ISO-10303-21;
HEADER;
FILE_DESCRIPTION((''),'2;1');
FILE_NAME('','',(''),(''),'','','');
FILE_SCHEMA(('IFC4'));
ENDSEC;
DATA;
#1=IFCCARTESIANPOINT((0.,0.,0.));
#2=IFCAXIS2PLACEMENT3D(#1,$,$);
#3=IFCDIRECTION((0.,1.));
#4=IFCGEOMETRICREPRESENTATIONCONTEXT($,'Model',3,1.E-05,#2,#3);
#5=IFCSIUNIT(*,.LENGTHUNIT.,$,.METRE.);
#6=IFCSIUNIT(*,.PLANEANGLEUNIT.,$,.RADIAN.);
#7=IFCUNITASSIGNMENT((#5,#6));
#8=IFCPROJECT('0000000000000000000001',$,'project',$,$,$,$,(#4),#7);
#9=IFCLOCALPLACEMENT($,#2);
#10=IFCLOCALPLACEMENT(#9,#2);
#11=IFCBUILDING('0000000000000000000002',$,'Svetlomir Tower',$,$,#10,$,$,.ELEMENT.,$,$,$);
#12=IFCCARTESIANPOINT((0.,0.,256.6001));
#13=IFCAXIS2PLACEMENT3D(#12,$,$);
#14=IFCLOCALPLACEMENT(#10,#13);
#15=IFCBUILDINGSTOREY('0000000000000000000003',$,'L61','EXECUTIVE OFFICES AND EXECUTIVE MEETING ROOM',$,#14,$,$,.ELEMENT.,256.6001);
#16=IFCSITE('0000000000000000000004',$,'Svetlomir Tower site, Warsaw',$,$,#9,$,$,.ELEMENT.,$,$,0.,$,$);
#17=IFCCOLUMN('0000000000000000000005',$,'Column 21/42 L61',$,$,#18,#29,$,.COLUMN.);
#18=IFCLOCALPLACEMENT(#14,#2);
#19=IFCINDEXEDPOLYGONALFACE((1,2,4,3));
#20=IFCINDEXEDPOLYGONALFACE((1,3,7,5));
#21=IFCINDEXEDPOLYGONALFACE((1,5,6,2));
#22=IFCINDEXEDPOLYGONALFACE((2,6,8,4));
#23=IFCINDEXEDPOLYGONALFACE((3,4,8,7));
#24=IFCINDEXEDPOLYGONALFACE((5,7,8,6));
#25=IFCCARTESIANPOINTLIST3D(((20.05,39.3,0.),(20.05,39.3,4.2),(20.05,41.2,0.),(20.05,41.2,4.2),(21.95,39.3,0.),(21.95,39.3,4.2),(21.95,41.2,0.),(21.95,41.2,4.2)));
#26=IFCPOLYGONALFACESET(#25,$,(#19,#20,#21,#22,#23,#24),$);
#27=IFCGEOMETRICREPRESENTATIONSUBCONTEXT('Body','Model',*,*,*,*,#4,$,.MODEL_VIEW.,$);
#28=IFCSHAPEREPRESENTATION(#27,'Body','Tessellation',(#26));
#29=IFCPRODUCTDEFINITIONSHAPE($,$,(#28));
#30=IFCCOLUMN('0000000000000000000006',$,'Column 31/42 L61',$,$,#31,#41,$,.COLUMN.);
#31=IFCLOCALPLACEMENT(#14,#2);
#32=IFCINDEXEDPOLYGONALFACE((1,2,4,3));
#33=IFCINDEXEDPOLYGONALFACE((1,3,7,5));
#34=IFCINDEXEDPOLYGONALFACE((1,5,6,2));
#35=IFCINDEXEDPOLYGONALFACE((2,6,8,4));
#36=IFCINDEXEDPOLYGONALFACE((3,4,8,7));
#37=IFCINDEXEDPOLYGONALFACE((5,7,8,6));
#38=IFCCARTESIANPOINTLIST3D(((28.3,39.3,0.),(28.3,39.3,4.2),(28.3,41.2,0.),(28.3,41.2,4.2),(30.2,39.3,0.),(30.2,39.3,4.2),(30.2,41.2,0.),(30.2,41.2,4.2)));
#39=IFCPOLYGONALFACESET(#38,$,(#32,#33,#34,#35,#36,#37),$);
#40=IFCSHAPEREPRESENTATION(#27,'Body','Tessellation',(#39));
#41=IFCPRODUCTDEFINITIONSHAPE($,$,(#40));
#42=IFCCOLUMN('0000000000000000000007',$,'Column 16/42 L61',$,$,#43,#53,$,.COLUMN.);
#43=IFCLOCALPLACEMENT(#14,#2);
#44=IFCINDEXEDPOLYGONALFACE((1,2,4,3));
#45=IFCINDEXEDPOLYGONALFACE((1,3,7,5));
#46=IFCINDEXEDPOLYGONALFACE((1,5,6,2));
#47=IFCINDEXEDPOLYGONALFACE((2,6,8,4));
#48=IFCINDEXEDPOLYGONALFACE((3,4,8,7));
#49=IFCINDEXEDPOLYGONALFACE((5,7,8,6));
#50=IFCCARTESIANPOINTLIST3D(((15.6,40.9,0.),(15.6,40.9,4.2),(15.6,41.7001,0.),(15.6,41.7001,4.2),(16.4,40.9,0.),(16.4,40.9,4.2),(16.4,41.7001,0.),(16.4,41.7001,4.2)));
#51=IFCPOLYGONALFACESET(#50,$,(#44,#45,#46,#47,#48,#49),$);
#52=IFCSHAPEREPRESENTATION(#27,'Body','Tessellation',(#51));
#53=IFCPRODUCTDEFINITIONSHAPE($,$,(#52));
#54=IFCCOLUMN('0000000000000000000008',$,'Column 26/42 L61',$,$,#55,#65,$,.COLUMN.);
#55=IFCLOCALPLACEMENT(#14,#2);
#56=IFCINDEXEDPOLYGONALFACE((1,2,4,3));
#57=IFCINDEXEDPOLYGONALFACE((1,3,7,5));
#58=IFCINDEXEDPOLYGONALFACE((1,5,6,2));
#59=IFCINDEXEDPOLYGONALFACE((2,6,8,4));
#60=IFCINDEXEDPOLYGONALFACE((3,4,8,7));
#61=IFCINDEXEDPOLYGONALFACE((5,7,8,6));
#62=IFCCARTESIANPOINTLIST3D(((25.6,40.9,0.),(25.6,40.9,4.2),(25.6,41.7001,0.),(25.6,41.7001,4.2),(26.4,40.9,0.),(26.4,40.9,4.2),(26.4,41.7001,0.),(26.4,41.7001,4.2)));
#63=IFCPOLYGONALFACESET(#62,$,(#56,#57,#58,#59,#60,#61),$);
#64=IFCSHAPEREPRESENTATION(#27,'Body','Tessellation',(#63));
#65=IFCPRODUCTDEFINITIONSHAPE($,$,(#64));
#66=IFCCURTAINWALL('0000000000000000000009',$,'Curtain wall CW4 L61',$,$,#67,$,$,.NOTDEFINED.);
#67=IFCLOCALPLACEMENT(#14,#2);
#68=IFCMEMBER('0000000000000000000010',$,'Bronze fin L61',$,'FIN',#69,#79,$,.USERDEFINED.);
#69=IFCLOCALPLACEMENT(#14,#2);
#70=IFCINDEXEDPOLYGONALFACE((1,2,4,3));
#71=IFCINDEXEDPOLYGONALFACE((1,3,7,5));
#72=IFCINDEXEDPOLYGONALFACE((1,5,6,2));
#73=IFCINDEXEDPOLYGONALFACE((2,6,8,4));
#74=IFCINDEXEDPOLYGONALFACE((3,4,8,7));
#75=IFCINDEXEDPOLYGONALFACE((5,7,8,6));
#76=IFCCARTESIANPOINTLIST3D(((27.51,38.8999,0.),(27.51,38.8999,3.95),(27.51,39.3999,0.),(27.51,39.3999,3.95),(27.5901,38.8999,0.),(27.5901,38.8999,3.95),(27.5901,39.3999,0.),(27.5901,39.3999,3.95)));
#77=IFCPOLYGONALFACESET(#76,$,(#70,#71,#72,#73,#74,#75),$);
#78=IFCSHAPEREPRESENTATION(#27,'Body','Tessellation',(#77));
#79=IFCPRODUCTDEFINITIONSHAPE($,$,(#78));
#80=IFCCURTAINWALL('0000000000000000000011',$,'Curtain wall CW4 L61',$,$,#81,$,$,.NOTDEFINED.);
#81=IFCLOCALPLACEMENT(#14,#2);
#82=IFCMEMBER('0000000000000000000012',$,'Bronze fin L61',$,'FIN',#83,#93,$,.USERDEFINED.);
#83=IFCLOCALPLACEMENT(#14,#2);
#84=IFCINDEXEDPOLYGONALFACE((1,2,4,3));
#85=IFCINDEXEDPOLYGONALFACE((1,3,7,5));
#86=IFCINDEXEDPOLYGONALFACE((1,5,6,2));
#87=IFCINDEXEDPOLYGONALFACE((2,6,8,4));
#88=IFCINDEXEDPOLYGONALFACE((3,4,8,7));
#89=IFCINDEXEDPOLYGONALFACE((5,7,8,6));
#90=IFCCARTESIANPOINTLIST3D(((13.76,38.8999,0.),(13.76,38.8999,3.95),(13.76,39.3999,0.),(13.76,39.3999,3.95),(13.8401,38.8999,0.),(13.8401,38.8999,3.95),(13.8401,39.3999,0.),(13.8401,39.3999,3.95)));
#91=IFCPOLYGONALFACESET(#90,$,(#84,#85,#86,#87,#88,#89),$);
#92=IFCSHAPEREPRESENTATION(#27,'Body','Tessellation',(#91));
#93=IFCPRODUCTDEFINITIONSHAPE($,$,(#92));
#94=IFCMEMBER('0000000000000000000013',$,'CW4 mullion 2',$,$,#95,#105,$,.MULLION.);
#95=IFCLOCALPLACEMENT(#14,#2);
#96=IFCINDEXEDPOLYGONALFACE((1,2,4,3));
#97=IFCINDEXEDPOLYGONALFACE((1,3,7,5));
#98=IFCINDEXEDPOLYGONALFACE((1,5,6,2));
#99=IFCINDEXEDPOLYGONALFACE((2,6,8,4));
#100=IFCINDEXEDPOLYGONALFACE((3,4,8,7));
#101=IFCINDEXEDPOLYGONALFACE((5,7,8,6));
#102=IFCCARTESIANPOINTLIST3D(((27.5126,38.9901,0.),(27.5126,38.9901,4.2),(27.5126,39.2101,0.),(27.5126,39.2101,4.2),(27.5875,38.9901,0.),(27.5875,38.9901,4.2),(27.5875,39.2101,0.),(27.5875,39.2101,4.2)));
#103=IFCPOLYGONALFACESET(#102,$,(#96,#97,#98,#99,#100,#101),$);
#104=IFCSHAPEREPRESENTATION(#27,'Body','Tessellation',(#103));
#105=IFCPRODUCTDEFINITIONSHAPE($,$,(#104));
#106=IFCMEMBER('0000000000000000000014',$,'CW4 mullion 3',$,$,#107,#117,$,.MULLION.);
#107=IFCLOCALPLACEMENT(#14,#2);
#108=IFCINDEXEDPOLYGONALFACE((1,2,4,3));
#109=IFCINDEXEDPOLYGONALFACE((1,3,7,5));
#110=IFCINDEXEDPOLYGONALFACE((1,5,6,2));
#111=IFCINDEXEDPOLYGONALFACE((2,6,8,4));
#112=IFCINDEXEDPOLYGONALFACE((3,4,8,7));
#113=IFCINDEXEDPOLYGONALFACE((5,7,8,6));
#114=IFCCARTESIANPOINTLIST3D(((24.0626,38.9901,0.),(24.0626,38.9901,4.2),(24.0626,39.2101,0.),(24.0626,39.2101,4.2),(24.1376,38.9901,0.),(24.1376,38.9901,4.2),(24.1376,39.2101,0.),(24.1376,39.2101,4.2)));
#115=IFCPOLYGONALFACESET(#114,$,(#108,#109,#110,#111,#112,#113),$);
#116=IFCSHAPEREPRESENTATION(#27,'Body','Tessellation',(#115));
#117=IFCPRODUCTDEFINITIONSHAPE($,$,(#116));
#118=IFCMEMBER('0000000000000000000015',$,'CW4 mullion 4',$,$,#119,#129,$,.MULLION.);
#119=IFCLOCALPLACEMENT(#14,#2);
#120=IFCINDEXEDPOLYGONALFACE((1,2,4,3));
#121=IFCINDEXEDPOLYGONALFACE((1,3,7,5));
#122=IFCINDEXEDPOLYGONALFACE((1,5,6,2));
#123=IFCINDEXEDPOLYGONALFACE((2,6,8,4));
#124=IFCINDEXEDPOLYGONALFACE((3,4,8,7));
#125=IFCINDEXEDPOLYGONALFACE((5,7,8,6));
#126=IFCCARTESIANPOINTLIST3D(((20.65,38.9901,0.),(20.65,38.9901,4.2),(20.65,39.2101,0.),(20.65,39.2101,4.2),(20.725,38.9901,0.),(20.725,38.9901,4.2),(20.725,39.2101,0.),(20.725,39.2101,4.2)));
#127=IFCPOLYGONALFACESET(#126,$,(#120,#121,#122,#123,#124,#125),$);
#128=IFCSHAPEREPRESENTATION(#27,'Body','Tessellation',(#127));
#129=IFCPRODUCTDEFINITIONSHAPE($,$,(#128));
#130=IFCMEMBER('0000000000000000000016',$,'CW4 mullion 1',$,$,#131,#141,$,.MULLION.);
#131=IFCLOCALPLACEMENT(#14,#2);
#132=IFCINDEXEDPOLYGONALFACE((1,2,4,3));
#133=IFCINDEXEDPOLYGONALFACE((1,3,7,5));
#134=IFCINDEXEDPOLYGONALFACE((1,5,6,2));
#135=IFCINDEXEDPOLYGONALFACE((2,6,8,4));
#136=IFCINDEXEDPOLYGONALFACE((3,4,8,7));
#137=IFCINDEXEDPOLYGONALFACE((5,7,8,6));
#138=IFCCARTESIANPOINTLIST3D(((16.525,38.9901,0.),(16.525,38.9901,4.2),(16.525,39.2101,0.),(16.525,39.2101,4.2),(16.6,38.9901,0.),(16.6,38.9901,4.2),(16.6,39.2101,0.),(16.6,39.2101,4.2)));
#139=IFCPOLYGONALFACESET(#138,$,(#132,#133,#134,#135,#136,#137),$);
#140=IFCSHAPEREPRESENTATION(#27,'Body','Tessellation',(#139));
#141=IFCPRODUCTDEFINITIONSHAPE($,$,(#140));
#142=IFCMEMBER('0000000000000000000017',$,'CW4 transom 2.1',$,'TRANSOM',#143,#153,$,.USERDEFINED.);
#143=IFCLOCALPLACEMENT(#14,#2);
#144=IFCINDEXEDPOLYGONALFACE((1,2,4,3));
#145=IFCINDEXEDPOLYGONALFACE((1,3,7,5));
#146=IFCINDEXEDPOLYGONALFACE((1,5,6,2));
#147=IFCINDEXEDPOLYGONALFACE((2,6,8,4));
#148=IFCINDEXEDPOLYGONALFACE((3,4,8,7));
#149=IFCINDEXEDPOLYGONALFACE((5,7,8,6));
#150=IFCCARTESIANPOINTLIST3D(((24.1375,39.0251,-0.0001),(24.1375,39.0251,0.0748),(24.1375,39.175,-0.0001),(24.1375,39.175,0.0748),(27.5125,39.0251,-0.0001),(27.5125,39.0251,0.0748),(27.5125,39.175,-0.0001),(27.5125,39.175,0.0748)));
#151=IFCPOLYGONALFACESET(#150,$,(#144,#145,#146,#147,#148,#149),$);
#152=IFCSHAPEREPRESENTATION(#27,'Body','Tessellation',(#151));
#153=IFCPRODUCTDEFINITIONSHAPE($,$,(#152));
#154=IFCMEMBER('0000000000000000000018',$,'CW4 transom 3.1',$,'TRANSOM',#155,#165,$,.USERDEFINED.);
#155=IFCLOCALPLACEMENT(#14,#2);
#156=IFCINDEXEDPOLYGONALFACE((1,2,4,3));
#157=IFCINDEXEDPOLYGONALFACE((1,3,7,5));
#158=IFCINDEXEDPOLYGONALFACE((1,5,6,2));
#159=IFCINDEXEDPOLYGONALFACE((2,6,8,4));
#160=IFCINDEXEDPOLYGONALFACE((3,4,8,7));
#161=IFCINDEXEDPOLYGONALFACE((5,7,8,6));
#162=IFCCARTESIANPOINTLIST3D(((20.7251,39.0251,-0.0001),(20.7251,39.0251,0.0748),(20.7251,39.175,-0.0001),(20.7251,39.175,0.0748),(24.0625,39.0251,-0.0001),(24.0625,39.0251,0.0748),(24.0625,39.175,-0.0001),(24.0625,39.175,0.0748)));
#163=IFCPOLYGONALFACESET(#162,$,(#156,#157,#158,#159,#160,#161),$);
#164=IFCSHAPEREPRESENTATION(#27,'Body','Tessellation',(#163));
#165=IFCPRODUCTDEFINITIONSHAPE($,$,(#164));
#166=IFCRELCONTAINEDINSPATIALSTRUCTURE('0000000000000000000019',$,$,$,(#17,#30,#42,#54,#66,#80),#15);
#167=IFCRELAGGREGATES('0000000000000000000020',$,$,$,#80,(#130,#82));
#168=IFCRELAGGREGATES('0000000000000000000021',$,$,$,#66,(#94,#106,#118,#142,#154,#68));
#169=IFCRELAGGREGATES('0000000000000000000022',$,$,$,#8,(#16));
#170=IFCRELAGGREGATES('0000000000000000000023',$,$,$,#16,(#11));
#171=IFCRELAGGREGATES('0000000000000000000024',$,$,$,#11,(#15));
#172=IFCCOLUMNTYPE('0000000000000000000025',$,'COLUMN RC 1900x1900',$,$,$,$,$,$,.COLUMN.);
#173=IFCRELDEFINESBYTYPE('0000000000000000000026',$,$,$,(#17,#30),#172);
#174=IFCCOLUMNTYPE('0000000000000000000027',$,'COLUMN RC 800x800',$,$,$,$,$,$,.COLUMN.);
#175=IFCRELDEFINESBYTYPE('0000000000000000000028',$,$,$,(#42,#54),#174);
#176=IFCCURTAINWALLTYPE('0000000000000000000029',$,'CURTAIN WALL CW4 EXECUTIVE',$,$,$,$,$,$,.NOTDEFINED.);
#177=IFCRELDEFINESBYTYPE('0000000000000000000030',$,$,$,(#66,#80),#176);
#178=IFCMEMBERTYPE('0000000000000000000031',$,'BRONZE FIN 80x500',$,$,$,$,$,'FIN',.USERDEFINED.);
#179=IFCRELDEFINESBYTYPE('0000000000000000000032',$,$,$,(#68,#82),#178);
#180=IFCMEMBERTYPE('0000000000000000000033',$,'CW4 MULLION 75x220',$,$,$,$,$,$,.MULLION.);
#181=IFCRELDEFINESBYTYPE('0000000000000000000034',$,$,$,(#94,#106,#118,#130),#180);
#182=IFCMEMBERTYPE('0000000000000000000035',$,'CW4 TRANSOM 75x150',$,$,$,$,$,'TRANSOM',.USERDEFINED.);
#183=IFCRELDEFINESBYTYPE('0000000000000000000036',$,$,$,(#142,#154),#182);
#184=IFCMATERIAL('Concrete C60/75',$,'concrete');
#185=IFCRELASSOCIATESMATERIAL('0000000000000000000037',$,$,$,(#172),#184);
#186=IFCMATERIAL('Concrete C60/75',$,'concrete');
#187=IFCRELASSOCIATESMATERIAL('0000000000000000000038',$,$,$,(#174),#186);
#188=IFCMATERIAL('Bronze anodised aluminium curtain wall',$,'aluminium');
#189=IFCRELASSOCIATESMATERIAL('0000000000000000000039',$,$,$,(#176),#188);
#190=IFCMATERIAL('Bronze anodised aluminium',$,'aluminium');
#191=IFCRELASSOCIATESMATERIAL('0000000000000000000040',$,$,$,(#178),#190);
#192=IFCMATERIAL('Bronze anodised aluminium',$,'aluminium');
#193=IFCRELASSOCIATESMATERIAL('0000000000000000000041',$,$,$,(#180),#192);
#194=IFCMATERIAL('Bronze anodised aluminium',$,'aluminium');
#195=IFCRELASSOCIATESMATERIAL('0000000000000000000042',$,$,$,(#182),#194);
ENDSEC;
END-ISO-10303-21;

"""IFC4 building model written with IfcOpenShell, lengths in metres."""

from ifc_helpers import new_model, si_unit, direction, frame, origin, origin_2d, place, context, subcontext, project, spatial, rectangle, extrude, material, material_profile, profile_set, type_object, element, aggregate, save


model = new_model("IFC4")

# Units and contexts
model_context = context("Model", 3, precision=1e-05, world=origin(), true_north=direction((0.0, 1.0)))
body_context = subcontext(model_context, "Body", "Model", "MODEL_VIEW")
ifc_project = project(units=[si_unit("LENGTHUNIT", "METRE"), si_unit("PLANEANGLEUNIT", "RADIAN")], contexts=[model_context])

# Site, building, storey
site_placement = place(None, origin())
site = spatial("IfcSite", under=ifc_project, at=site_placement, Name="Svetlomir Tower site, Warsaw", CompositionType="ELEMENT", RefElevation=0.0)
building_placement = place(site_placement, origin())
building = spatial("IfcBuilding", under=site, at=building_placement, Name="Svetlomir Tower", CompositionType="ELEMENT")
storey_placement = place(building_placement, frame((0.0, 0.0, 256.6001)))
storey = spatial("IfcBuildingStorey", under=building, at=storey_placement, Name="L61", Description="EXECUTIVE OFFICES AND EXECUTIVE MEETING ROOM", CompositionType="ELEMENT", Elevation=256.6001)

# Columns
ifc_material_1 = material(Name="Concrete C60/75", Category="concrete")
ifc_material_profile_1 = material_profile(ifc_material_1, rectangle(XDim=1.8999, YDim=1.8999, at=origin_2d()), Name="RC 1900x1900")
ifc_profile_set_1 = profile_set([ifc_material_profile_1], Name="Concrete C60/75")
column_type_1 = type_object("IfcColumnType", Name="COLUMN RC 1900x1900", PredefinedType="COLUMN", material=ifc_profile_set_1)
for number, where, z_axis, x_axis, name in (
    (1, (21.0, 40.25, 0.0), (0.0, 0.0, 1.0), (1.0, 0.0, 0.0), "Column 21/42 L61"),
    (2, (29.25, 40.25, 0.0), (0.0, 0.0, 1.0), (1.0, 0.0, 0.0), "Column 31/42 L61"),
):
    element("IfcColumn", number, at=place(storey_placement, frame(where, z_axis=z_axis, x_axis=x_axis)), inside=storey, type_object=column_type_1, Name=name, PredefinedType="COLUMN", context=body_context, shape_type="SweptSolid", body=[
        extrude(rectangle(XDim=1.8999, YDim=1.8999, at=origin_2d()), origin(), (0.0, 0.0, 1.0), 4.2),
    ])
ifc_material_2 = material(Name="Concrete C60/75", Category="concrete")
ifc_material_profile_2 = material_profile(ifc_material_2, rectangle(XDim=0.8, YDim=0.8, at=origin_2d()), Name="RC 800x800")
ifc_profile_set_2 = profile_set([ifc_material_profile_2], Name="Concrete C60/75")
column_type_2 = type_object("IfcColumnType", Name="COLUMN RC 800x800", PredefinedType="COLUMN", material=ifc_profile_set_2)
for number, where, z_axis, x_axis, name in (
    (3, (16.0, 41.3, 0.0), (0.0, 0.0, 1.0), (1.0, 0.0, 0.0), "Column 16/42 L61"),
    (4, (26.0, 41.3, 0.0), (0.0, 0.0, 1.0), (1.0, 0.0, 0.0), "Column 26/42 L61"),
):
    element("IfcColumn", number, at=place(storey_placement, frame(where, z_axis=z_axis, x_axis=x_axis)), inside=storey, type_object=column_type_2, Name=name, PredefinedType="COLUMN", context=body_context, shape_type="SweptSolid", body=[
        extrude(rectangle(XDim=0.8, YDim=0.8, at=origin_2d()), origin(), (0.0, 0.0, 1.0), 4.2),
    ])

# Curtain walls, members
ifc_material_3 = material(Name="Bronze anodised aluminium curtain wall", Category="aluminium")
curtain_wall_type = type_object("IfcCurtainWallType", Name="CURTAIN WALL CW4 EXECUTIVE", PredefinedType="NOTDEFINED", material=ifc_material_3)
curtain_wall_1_placement = place(storey_placement, origin())
curtain_wall_1 = element("IfcCurtainWall", 5, at=curtain_wall_1_placement, inside=storey, type_object=curtain_wall_type, Name="Curtain wall CW4 L61", PredefinedType="NOTDEFINED")
ifc_material_4 = material(Name="Bronze anodised aluminium", Category="aluminium")
ifc_material_profile_3 = material_profile(ifc_material_4, rectangle(XDim=0.0801, YDim=0.5, at=origin_2d()), Name="FIN 80x500")
ifc_profile_set_3 = profile_set([ifc_material_profile_3], Name="Bronze anodised aluminium 6063-T6")
member_type_1 = type_object("IfcMemberType", Name="BRONZE FIN 80x500", ElementType="FIN", PredefinedType="USERDEFINED", material=ifc_profile_set_3)
member_1_placement = place(storey_placement, frame((27.55, 39.1499, 0.0), z_axis=(0.0, 0.0, 1.0), x_axis=(1.0, 0.0, 0.0)))
member_1 = element("IfcMember", 6, at=member_1_placement, type_object=member_type_1, Name="Bronze fin L61", ObjectType="FIN", PredefinedType="USERDEFINED", context=body_context, shape_type="SweptSolid", body=[
    extrude(rectangle(XDim=0.0801, YDim=0.5, at=origin_2d()), origin(), (0.0, 0.0, 1.0), 3.95),
])
curtain_wall_2_placement = place(storey_placement, origin())
curtain_wall_2 = element("IfcCurtainWall", 7, at=curtain_wall_2_placement, inside=storey, type_object=curtain_wall_type, Name="Curtain wall CW4 L61", PredefinedType="NOTDEFINED")
member_2_placement = place(storey_placement, frame((13.8, 39.1499, 0.0), z_axis=(0.0, 0.0, 1.0), x_axis=(1.0, 0.0, 0.0)))
member_2 = element("IfcMember", 8, at=member_2_placement, type_object=member_type_1, Name="Bronze fin L61", ObjectType="FIN", PredefinedType="USERDEFINED", context=body_context, shape_type="SweptSolid", body=[
    extrude(rectangle(XDim=0.0801, YDim=0.5, at=origin_2d()), origin(), (0.0, 0.0, 1.0), 3.95),
])

# Members
ifc_material_5 = material(Name="Bronze anodised aluminium", Category="aluminium")
ifc_material_profile_4 = material_profile(ifc_material_5, rectangle(XDim=0.075, YDim=0.22, at=origin_2d()), Name="AL 75x220")
ifc_profile_set_4 = profile_set([ifc_material_profile_4], Name="Bronze anodised aluminium 6063-T6")
member_type_2 = type_object("IfcMemberType", Name="CW4 MULLION 75x220", PredefinedType="MULLION", material=ifc_profile_set_4)
member_3_placement = place(storey_placement, frame((27.55, 39.1001, 0.0), z_axis=(0.0, 0.0, 1.0), x_axis=(-1.0, 0.0, 0.0)))
member_3 = element("IfcMember", 9, at=member_3_placement, type_object=member_type_2, Name="CW4 mullion 2", PredefinedType="MULLION", context=body_context, shape_type="SweptSolid", body=[
    extrude(rectangle(XDim=0.075, YDim=0.22, at=origin_2d()), origin(), (0.0, 0.0, 1.0), 4.2),
])
member_4_placement = place(storey_placement, frame((24.1001, 39.1001, 0.0), z_axis=(0.0, 0.0, 1.0), x_axis=(-1.0, 0.0, 0.0)))
member_4 = element("IfcMember", 10, at=member_4_placement, type_object=member_type_2, Name="CW4 mullion 3", PredefinedType="MULLION", context=body_context, shape_type="SweptSolid", body=[
    extrude(rectangle(XDim=0.075, YDim=0.22, at=origin_2d()), origin(), (0.0, 0.0, 1.0), 4.2),
])
member_5_placement = place(storey_placement, frame((20.6875, 39.1001, 0.0), z_axis=(0.0, 0.0, 1.0), x_axis=(-1.0, 0.0, 0.0)))
member_5 = element("IfcMember", 11, at=member_5_placement, type_object=member_type_2, Name="CW4 mullion 4", PredefinedType="MULLION", context=body_context, shape_type="SweptSolid", body=[
    extrude(rectangle(XDim=0.075, YDim=0.22, at=origin_2d()), origin(), (0.0, 0.0, 1.0), 4.2),
])
member_6_placement = place(storey_placement, frame((16.5625, 39.1001, 0.0), z_axis=(0.0, 0.0, 1.0), x_axis=(-1.0, 0.0, 0.0)))
member_6 = element("IfcMember", 12, at=member_6_placement, type_object=member_type_2, Name="CW4 mullion 1", PredefinedType="MULLION", context=body_context, shape_type="SweptSolid", body=[
    extrude(rectangle(XDim=0.075, YDim=0.22, at=origin_2d()), origin(), (0.0, 0.0, 1.0), 4.2),
])
aggregate(curtain_wall_2, [member_6, member_2])
ifc_material_6 = material(Name="Bronze anodised aluminium", Category="aluminium")
ifc_material_profile_5 = material_profile(ifc_material_6, rectangle(XDim=0.1499, YDim=0.075, at=origin_2d()), Name="AL 150x75")
ifc_profile_set_5 = profile_set([ifc_material_profile_5], Name="Bronze anodised aluminium 6063-T6")
member_type_3 = type_object("IfcMemberType", Name="CW4 TRANSOM 75x150", ElementType="TRANSOM", PredefinedType="USERDEFINED", material=ifc_profile_set_5)
member_7_placement = place(storey_placement, frame((27.5125, 39.1001, 0.0374), z_axis=(-1.0, 0.0, 0.0), x_axis=(0.0, -1.0, 0.0)))
member_7 = element("IfcMember", 13, at=member_7_placement, type_object=member_type_3, Name="CW4 transom 2.1", ObjectType="TRANSOM", PredefinedType="USERDEFINED", context=body_context, shape_type="SweptSolid", body=[
    extrude(rectangle(XDim=0.1499, YDim=0.075, at=origin_2d()), origin(), (0.0, 0.0, 1.0), 3.375),
])
member_8_placement = place(storey_placement, frame((24.0625, 39.1001, 0.0374), z_axis=(-1.0, 0.0, 0.0), x_axis=(0.0, -1.0, 0.0)))
member_8 = element("IfcMember", 14, at=member_8_placement, type_object=member_type_3, Name="CW4 transom 3.1", ObjectType="TRANSOM", PredefinedType="USERDEFINED", context=body_context, shape_type="SweptSolid", body=[
    extrude(rectangle(XDim=0.1499, YDim=0.075, at=origin_2d()), origin(), (0.0, 0.0, 1.0), 3.3374),
])

aggregate(curtain_wall_1, [member_3, member_4, member_5, member_7, member_8, member_1])

save(model, "model.ifc")
